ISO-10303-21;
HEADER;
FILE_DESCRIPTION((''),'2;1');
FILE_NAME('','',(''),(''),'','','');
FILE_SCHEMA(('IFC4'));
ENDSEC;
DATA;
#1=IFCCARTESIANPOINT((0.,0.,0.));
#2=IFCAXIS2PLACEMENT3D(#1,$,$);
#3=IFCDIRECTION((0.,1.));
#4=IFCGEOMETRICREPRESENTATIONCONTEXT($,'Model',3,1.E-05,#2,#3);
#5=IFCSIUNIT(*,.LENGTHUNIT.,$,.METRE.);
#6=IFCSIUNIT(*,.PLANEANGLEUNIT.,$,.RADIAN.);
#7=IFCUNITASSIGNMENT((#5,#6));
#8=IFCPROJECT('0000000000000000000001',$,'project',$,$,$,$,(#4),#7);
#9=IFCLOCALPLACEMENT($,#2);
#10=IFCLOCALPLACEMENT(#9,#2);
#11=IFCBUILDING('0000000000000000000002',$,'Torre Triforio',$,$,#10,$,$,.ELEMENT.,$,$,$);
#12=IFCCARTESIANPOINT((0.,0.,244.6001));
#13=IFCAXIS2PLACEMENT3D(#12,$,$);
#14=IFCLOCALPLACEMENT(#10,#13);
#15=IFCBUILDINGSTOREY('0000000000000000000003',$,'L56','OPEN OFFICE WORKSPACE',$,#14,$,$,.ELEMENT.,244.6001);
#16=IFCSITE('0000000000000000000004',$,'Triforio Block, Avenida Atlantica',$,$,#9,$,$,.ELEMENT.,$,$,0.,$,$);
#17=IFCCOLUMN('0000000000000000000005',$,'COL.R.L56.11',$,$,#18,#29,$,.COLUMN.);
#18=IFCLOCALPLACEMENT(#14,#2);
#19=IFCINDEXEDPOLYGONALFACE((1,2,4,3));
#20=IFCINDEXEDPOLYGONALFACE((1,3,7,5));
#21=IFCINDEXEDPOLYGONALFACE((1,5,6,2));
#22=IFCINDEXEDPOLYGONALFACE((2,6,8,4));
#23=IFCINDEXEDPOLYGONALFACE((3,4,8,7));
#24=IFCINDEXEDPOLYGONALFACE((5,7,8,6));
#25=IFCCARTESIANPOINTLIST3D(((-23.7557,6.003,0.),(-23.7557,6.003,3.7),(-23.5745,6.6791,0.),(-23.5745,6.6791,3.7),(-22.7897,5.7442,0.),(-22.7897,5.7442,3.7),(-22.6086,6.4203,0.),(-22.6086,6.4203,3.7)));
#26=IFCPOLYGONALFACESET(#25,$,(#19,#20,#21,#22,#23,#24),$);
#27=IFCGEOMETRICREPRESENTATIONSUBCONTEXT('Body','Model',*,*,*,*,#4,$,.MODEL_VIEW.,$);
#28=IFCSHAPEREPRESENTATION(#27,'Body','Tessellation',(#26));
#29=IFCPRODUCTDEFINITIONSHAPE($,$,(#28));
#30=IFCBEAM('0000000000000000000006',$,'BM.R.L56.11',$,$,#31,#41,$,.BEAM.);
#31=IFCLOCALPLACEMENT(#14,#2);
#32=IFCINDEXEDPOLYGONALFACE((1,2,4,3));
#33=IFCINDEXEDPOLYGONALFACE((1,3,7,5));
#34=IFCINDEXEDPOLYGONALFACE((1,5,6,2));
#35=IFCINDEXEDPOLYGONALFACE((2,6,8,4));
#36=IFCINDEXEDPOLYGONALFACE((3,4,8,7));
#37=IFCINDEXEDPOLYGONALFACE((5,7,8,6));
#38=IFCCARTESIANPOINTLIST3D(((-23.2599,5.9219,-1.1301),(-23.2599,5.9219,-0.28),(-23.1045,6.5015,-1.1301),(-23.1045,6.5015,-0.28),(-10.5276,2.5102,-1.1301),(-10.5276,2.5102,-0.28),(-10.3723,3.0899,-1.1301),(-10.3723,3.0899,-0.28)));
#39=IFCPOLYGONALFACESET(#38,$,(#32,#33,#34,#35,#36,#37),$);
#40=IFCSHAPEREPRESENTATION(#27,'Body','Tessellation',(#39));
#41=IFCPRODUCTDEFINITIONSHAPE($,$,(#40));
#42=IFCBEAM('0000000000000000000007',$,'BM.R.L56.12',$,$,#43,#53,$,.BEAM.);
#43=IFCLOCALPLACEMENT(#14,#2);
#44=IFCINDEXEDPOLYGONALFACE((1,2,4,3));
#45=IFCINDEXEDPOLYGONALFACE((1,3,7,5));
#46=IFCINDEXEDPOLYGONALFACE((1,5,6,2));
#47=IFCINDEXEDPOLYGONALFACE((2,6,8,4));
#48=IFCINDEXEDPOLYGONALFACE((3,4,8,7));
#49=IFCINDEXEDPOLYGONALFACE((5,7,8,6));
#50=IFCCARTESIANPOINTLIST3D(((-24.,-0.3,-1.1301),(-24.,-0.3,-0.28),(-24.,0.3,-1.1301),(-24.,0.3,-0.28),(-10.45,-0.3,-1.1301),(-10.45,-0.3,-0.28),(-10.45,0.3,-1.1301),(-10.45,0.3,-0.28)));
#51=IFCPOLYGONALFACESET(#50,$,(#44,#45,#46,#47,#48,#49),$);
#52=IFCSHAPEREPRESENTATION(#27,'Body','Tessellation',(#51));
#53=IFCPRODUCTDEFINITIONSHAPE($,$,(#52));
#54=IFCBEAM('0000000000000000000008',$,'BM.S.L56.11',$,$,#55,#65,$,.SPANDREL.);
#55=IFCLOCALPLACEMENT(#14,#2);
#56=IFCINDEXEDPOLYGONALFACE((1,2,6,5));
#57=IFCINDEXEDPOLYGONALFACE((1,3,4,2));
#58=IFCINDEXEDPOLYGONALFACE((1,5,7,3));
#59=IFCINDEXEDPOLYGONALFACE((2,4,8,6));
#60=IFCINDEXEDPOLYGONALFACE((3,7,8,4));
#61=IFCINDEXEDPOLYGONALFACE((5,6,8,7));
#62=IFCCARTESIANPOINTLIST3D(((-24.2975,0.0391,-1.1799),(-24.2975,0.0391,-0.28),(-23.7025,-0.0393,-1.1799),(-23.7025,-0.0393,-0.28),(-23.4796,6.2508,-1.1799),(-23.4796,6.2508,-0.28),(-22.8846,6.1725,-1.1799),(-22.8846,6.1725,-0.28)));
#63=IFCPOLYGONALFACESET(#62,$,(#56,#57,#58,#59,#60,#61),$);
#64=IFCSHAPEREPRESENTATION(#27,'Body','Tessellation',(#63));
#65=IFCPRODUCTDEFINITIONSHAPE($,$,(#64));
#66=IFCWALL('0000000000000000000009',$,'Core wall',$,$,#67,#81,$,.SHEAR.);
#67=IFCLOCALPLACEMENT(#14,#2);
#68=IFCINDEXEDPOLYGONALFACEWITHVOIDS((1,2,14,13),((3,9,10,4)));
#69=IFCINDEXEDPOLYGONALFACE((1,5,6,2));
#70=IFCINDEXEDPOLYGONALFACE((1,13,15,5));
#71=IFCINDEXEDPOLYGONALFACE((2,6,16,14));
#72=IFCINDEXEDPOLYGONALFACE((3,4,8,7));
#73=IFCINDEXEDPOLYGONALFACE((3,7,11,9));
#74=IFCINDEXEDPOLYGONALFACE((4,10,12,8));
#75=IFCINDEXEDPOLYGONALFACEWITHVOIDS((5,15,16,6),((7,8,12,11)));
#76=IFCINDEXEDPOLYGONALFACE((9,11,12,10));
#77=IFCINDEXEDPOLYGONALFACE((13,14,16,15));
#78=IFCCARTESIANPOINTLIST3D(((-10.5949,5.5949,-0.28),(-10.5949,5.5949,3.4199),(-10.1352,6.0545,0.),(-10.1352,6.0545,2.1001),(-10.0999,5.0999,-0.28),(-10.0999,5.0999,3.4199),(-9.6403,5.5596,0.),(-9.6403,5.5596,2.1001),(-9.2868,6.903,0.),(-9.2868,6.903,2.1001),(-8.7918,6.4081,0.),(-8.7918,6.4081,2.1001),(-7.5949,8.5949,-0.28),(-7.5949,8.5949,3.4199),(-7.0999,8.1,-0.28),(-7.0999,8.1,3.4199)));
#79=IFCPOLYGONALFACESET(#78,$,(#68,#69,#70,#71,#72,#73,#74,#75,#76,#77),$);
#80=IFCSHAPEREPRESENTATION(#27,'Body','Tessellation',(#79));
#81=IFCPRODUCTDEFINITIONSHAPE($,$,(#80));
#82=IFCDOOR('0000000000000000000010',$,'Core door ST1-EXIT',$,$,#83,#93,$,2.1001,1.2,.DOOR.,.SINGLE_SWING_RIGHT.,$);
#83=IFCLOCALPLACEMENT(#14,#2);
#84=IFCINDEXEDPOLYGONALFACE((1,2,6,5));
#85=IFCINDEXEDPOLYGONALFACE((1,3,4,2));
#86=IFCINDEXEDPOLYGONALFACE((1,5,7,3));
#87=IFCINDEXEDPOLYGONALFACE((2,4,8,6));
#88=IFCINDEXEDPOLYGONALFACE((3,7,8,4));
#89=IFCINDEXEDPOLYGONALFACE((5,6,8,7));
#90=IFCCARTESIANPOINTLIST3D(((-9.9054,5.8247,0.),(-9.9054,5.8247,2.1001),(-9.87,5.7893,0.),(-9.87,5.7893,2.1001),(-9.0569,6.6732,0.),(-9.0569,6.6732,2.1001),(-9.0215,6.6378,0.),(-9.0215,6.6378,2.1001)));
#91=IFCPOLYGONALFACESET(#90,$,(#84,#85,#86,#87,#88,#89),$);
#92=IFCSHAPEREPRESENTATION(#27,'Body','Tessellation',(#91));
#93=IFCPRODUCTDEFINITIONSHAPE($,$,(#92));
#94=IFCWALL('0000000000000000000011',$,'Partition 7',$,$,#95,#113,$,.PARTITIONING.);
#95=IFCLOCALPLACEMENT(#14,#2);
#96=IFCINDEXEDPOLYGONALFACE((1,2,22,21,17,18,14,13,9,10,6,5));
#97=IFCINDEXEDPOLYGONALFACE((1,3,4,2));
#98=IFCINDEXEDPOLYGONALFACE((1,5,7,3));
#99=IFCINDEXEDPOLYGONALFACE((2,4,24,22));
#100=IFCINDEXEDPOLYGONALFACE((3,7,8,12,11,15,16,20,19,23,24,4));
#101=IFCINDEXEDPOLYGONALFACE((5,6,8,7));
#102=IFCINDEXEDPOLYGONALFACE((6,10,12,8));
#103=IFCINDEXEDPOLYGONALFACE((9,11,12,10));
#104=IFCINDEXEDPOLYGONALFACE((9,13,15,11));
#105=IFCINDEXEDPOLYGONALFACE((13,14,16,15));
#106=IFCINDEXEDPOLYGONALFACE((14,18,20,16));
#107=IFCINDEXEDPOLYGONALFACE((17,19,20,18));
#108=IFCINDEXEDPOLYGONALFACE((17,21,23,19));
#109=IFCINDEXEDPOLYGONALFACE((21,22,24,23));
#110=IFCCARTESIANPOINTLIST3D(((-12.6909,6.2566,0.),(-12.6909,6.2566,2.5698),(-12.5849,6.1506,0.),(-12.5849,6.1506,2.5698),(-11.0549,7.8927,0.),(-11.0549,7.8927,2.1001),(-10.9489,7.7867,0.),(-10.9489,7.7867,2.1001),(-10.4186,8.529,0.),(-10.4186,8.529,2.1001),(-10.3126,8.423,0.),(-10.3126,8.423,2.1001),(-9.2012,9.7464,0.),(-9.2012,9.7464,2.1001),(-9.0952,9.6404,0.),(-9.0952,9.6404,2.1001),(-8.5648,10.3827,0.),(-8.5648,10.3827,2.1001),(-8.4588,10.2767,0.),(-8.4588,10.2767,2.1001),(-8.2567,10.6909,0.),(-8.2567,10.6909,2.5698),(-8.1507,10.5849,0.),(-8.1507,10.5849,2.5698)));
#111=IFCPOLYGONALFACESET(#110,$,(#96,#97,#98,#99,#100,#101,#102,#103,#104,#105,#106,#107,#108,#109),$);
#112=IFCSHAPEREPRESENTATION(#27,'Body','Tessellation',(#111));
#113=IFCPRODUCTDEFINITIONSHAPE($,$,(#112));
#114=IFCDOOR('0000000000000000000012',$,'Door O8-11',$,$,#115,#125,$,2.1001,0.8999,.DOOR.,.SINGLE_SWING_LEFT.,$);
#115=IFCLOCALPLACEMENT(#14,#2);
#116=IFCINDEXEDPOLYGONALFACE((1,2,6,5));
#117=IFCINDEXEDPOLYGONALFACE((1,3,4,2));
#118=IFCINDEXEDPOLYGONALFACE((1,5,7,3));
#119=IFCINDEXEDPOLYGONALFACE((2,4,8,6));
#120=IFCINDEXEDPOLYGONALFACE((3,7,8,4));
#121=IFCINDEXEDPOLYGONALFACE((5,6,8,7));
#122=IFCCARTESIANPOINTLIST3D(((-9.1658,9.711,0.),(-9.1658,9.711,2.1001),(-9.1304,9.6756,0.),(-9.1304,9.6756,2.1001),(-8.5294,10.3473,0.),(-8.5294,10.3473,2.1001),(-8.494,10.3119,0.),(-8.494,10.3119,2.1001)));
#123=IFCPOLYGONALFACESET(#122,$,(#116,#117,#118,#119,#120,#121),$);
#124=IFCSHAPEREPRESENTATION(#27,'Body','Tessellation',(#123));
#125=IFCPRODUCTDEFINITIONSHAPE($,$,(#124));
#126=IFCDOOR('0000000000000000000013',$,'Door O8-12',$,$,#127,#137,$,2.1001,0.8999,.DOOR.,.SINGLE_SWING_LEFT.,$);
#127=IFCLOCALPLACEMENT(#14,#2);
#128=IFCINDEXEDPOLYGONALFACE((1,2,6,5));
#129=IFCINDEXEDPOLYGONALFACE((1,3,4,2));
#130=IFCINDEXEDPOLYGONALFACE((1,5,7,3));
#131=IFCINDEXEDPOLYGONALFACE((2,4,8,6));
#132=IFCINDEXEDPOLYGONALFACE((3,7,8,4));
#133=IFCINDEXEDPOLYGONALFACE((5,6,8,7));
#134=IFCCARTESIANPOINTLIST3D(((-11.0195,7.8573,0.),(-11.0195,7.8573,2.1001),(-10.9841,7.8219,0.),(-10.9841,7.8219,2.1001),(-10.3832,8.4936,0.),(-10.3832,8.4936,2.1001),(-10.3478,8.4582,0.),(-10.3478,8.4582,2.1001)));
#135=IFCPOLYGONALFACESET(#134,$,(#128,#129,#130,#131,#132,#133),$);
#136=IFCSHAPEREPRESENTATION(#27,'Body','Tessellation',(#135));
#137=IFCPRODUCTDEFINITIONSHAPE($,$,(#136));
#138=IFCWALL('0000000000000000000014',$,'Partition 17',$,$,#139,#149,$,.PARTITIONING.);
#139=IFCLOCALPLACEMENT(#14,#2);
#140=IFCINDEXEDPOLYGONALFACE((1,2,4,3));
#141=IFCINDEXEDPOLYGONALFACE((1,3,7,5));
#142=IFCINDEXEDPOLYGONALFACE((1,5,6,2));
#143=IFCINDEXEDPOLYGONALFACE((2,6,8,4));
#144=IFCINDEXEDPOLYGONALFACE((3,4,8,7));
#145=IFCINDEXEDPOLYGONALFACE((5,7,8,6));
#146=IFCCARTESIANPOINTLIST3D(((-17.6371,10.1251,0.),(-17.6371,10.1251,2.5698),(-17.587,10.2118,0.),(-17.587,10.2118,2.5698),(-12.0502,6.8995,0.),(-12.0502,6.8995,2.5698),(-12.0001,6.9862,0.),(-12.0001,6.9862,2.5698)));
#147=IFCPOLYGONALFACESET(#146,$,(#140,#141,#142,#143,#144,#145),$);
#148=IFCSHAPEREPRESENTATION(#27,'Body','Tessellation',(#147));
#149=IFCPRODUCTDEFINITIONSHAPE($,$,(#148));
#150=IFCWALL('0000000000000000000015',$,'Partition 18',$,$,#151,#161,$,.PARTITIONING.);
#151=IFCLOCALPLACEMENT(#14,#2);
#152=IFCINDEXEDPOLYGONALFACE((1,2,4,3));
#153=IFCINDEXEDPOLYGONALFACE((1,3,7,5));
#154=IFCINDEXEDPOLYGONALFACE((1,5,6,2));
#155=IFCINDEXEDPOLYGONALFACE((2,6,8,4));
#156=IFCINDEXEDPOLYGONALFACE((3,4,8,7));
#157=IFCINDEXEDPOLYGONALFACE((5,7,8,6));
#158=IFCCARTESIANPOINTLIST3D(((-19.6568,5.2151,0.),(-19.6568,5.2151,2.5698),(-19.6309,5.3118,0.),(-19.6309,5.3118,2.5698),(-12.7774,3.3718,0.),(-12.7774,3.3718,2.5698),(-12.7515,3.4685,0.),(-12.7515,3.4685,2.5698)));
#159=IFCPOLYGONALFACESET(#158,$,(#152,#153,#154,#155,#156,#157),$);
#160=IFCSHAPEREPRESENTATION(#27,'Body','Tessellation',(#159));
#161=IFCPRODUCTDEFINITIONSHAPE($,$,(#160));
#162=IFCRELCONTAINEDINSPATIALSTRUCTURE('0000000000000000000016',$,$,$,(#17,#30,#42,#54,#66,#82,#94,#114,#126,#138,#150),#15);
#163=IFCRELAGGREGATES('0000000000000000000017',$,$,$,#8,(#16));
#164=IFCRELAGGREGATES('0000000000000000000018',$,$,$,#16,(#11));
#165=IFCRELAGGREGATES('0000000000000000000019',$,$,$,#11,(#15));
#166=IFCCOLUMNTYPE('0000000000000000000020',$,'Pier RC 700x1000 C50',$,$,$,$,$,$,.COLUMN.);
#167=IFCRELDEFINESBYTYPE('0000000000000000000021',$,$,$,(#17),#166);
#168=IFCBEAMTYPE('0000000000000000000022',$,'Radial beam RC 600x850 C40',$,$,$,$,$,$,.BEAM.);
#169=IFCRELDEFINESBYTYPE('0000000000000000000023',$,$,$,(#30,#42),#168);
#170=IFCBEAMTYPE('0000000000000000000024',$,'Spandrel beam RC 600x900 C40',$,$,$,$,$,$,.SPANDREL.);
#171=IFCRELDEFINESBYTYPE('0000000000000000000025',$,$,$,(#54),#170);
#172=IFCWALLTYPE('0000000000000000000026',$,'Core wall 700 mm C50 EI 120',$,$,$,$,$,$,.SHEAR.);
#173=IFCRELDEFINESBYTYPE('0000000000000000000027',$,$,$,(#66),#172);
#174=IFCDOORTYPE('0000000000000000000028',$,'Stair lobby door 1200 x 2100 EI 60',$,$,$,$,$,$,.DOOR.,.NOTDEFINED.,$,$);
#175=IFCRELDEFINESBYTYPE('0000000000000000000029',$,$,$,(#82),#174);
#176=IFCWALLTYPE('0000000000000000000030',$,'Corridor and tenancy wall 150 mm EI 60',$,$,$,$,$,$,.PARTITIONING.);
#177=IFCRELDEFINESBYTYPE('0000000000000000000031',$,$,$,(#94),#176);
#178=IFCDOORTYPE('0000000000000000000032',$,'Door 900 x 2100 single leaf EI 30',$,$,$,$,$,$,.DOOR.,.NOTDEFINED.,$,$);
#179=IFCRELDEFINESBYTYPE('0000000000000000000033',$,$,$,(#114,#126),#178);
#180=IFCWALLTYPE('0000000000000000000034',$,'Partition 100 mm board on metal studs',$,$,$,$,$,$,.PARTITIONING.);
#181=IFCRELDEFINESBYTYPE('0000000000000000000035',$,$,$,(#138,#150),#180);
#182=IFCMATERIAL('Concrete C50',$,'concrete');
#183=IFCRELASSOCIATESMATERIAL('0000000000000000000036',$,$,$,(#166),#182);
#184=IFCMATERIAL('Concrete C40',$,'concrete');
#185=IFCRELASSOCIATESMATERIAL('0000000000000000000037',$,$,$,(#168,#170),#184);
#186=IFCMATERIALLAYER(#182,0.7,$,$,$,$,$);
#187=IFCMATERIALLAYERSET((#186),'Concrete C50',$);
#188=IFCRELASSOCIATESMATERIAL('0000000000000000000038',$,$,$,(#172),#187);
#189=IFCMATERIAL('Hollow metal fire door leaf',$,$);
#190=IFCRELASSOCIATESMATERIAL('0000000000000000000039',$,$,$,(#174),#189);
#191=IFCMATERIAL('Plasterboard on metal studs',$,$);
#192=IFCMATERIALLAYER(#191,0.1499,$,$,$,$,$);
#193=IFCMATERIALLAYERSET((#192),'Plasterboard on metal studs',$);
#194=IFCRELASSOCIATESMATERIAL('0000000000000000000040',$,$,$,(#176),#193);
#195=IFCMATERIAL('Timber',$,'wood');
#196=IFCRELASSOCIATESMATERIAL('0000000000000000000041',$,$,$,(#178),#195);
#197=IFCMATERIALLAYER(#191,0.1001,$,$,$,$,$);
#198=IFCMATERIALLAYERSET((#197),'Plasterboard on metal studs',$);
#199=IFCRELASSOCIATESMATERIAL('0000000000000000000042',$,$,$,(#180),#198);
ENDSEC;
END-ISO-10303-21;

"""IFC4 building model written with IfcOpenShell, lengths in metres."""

from ifc_helpers import new_model, si_unit, direction, frame, frame_2d, origin, origin_2d, place, context, subcontext, project, spatial, rectangle, extrude, material, layer, layer_set, material_profile, profile_set, type_object, element, fill, save


model = new_model("IFC4")

# Units and contexts
model_context = context("Model", 3, precision=1e-05, world=origin(), true_north=direction((0.0, 1.0)))
body_context = subcontext(model_context, "Body", "Model", "MODEL_VIEW")
ifc_project = project(units=[si_unit("LENGTHUNIT", "METRE"), si_unit("PLANEANGLEUNIT", "RADIAN")], contexts=[model_context])

# Site, building, storey
site_placement = place(None, origin())
site = spatial("IfcSite", under=ifc_project, at=site_placement, Name="Triforio Block, Avenida Atlantica", CompositionType="ELEMENT", RefElevation=0.0)
building_placement = place(site_placement, origin())
building = spatial("IfcBuilding", under=site, at=building_placement, Name="Torre Triforio", CompositionType="ELEMENT")
storey_placement = place(building_placement, frame((0.0, 0.0, 244.6001)))
storey = spatial("IfcBuildingStorey", under=building, at=storey_placement, Name="L56", Description="OPEN OFFICE WORKSPACE", CompositionType="ELEMENT", Elevation=244.6001)

# Column
ifc_material_1 = material(Name="Concrete C50", Category="concrete")
ifc_material_profile_1 = material_profile(ifc_material_1, rectangle(XDim=0.7, YDim=1.0, at=origin_2d()), Name="RC 700x1000")
ifc_profile_set_1 = profile_set([ifc_material_profile_1], Name="Concrete C50")
column_type = type_object("IfcColumnType", Name="Pier RC 700x1000 C50", PredefinedType="COLUMN", material=ifc_profile_set_1)
column_placement = place(storey_placement, frame((-23.1821, 6.2117, 0.0), z_axis=(0.0, 0.0, 1.0), x_axis=(-0.258819, -0.965926, 0.0)))
element("IfcColumn", 1, at=column_placement, inside=storey, type_object=column_type, Name="COL.R.L56.11", PredefinedType="COLUMN", context=body_context, shape_type="SweptSolid", body=[
    extrude(rectangle(XDim=0.7, YDim=1.0, at=origin_2d()), origin(), (0.0, 0.0, 1.0), 3.7),
])

# Beams
ifc_material_2 = material(Name="Concrete C40", Category="concrete")
ifc_material_profile_2 = material_profile(ifc_material_2, rectangle(XDim=0.6001, YDim=0.8501, at=origin_2d()), Name="RC 600x850")
ifc_profile_set_2 = profile_set([ifc_material_profile_2], Name="Concrete C40")
beam_type_1 = type_object("IfcBeamType", Name="Radial beam RC 600x850 C40", PredefinedType="BEAM", material=ifc_profile_set_2)
beam_1_placement = place(storey_placement, frame((-10.45, 2.8, -0.7051), z_axis=(-0.965925, 0.258822, 0.0), x_axis=(-0.258822, -0.965925, 0.0)))
element("IfcBeam", 2, at=beam_1_placement, inside=storey, type_object=beam_type_1, Name="BM.R.L56.11", PredefinedType="BEAM", context=body_context, shape_type="SweptSolid", body=[
    extrude(rectangle(XDim=0.6001, YDim=0.8501, at=origin_2d()), origin(), (0.0, 0.0, 1.0), 13.1814),
])
beam_2_placement = place(storey_placement, frame((-10.45, 0.0, -0.7051), z_axis=(-1.0, 0.0, 0.0), x_axis=(0.0, -1.0, 0.0)))
element("IfcBeam", 3, at=beam_2_placement, inside=storey, type_object=beam_type_1, Name="BM.R.L56.12", PredefinedType="BEAM", context=body_context, shape_type="SweptSolid", body=[
    extrude(rectangle(XDim=0.6001, YDim=0.8501, at=origin_2d()), origin(), (0.0, 0.0, 1.0), 13.55),
])
ifc_material_profile_3 = material_profile(ifc_material_2, rectangle(XDim=0.6001, YDim=0.8999, at=origin_2d()), Name="RC 600x900")
ifc_profile_set_3 = profile_set([ifc_material_profile_3], Name="Concrete C40")
beam_type_2 = type_object("IfcBeamType", Name="Spandrel beam RC 600x900 C40", PredefinedType="SPANDREL", material=ifc_profile_set_3)
beam_3_placement = place(storey_placement, frame((-23.1821, 6.2117, -0.73), z_axis=(-0.13054, -0.991443, 0.0), x_axis=(0.991443, -0.13054, 0.0)))
element("IfcBeam", 4, at=beam_3_placement, inside=storey, type_object=beam_type_2, Name="BM.S.L56.11", PredefinedType="SPANDREL", context=body_context, shape_type="SweptSolid", body=[
    extrude(rectangle(XDim=0.6001, YDim=0.8999, at=origin_2d()), origin(), (0.0, 0.0, 1.0), 6.2654),
])

# Wall, opening, door
ifc_layer_1 = layer(ifc_material_1, 0.7)
ifc_layer_set_1 = layer_set([ifc_layer_1], Name="Concrete C50")
wall_type_1 = type_object("IfcWallType", Name="Core wall 700 mm C50 EI 120", PredefinedType="SHEAR", material=ifc_layer_set_1)
wall_1_placement = place(storey_placement, frame((-10.3474, 5.3474, -0.28), z_axis=(0.0, 0.0, 1.0), x_axis=(0.707107, 0.707107, 0.0)))
wall_1 = element("IfcWall", 5, at=wall_1_placement, inside=storey, type_object=wall_type_1, Name="Core wall", PredefinedType="SHEAR", context=body_context, shape_type="SweptSolid", body=[
    extrude(rectangle(XDim=4.2427, YDim=0.7, at=frame_2d((2.1213, 0.0))), origin(), (0.0, 0.0, 1.0), 3.7),
])
opening_1_placement = place(wall_1_placement, frame((0.6499, 0.0, 0.28)))
opening_1 = element("IfcOpeningElement", 6, at=opening_1_placement, cuts=wall_1, PredefinedType="OPENING", context=body_context, shape_type="SweptSolid", body=[
    extrude(rectangle(XDim=1.2, YDim=2.1001, at=frame_2d((0.6001, 1.05))), frame((0.0, 0.3599, 0.0), z_axis=(0.0, -1.0, 0.0), x_axis=(1.0, 0.0, 0.0)), (0.0, 0.0, 1.0), 0.72),
])
ifc_material_3 = material(Name="Hollow metal fire door leaf")
door_type_1 = type_object("IfcDoorType", Name="Stair lobby door 1200 x 2100 EI 60", OperationType="NOTDEFINED", PredefinedType="DOOR", material=ifc_material_3)
door_1_placement = place(opening_1_placement, origin())
door_1 = element("IfcDoor", 7, at=door_1_placement, inside=storey, type_object=door_type_1, Name="Core door ST1-EXIT", OperationType="SINGLE_SWING_RIGHT", OverallHeight=2.1001, OverallWidth=1.2, PredefinedType="DOOR", context=body_context, shape_type="SweptSolid", body=[
    extrude(rectangle(XDim=1.2, YDim=2.1001, at=frame_2d((0.6001, 1.05))), frame((0.0, 0.0249, 0.0), z_axis=(0.0, -1.0, 0.0), x_axis=(1.0, 0.0, 0.0)), (0.0, 0.0, 1.0), 0.05),
])
fill(opening_1, door_1)

# Wall, openings, doors
ifc_material_4 = material(Name="Plasterboard on metal studs")
ifc_layer_2 = layer(ifc_material_4, 0.1499)
ifc_layer_set_2 = layer_set([ifc_layer_2], Name="Plasterboard on metal studs")
wall_type_2 = type_object("IfcWallType", Name="Corridor and tenancy wall 150 mm EI 60", PredefinedType="PARTITIONING", material=ifc_layer_set_2)
wall_2_placement = place(storey_placement, frame((-12.6379, 6.2036, 0.0), z_axis=(0.0, 0.0, 1.0), x_axis=(0.707107, 0.707107, 0.0)))
wall_2 = element("IfcWall", 8, at=wall_2_placement, inside=storey, type_object=wall_type_2, Name="Partition 7", PredefinedType="PARTITIONING", context=body_context, shape_type="SweptSolid", body=[
    extrude(rectangle(XDim=6.271, YDim=0.1499, at=frame_2d((3.1355, 0.0))), origin(), (0.0, 0.0, 1.0), 2.5698),
])
opening_2_placement = place(wall_2_placement, frame((4.9353, 0.0, 0.0)))
opening_2 = element("IfcOpeningElement", 9, at=opening_2_placement, cuts=wall_2, PredefinedType="OPENING", context=body_context, shape_type="SweptSolid", body=[
    extrude(rectangle(XDim=0.8999, YDim=2.1001, at=frame_2d((0.45, 1.05))), frame((0.0, 0.085, 0.0), z_axis=(0.0, -1.0, 0.0), x_axis=(1.0, 0.0, 0.0)), (0.0, 0.0, 1.0), 0.1699),
])
opening_3_placement = place(wall_2_placement, frame((2.3137, 0.0, 0.0)))
opening_3 = element("IfcOpeningElement", 10, at=opening_3_placement, cuts=wall_2, PredefinedType="OPENING", context=body_context, shape_type="SweptSolid", body=[
    extrude(rectangle(XDim=0.8999, YDim=2.1001, at=frame_2d((0.45, 1.05))), frame((0.0, 0.085, 0.0), z_axis=(0.0, -1.0, 0.0), x_axis=(1.0, 0.0, 0.0)), (0.0, 0.0, 1.0), 0.1699),
])
ifc_material_5 = material(Name="Timber", Category="wood")
door_type_2 = type_object("IfcDoorType", Name="Door 900 x 2100 single leaf EI 30", OperationType="NOTDEFINED", PredefinedType="DOOR", material=ifc_material_5)
door_2_placement = place(opening_2_placement, origin())
door_2 = element("IfcDoor", 11, at=door_2_placement, inside=storey, type_object=door_type_2, Name="Door O8-11", OperationType="SINGLE_SWING_LEFT", OverallHeight=2.1001, OverallWidth=0.8999, PredefinedType="DOOR", context=body_context, shape_type="SweptSolid", body=[
    extrude(rectangle(XDim=0.8999, YDim=2.1001, at=frame_2d((0.45, 1.05))), frame((0.0, 0.0249, 0.0), z_axis=(0.0, -1.0, 0.0), x_axis=(1.0, 0.0, 0.0)), (0.0, 0.0, 1.0), 0.05),
])
fill(opening_2, door_2)
door_3_placement = place(opening_3_placement, origin())
door_3 = element("IfcDoor", 12, at=door_3_placement, inside=storey, type_object=door_type_2, Name="Door O8-12", OperationType="SINGLE_SWING_LEFT", OverallHeight=2.1001, OverallWidth=0.8999, PredefinedType="DOOR", context=body_context, shape_type="SweptSolid", body=[
    extrude(rectangle(XDim=0.8999, YDim=2.1001, at=frame_2d((0.45, 1.05))), frame((0.0, 0.0249, 0.0), z_axis=(0.0, -1.0, 0.0), x_axis=(1.0, 0.0, 0.0)), (0.0, 0.0, 1.0), 0.05),
])
fill(opening_3, door_3)

# Walls
ifc_layer_3 = layer(ifc_material_4, 0.1001)
ifc_layer_set_3 = layer_set([ifc_layer_3], Name="Plasterboard on metal studs")
wall_type_3 = type_object("IfcWallType", Name="Partition 100 mm board on metal studs", PredefinedType="PARTITIONING", material=ifc_layer_set_3)
wall_3_placement = place(storey_placement, frame((-12.0251, 6.9429, 0.0), z_axis=(0.0, 0.0, 1.0), x_axis=(-0.866027, 0.499998, 0.0)))
element("IfcWall", 13, at=wall_3_placement, inside=storey, type_object=wall_type_3, Name="Partition 17", PredefinedType="PARTITIONING", context=body_context, shape_type="SweptSolid", body=[
    extrude(rectangle(XDim=6.4512, YDim=0.1001, at=frame_2d((3.2256, 0.0))), origin(), (0.0, 0.0, 1.0), 2.5698),
])
wall_4_placement = place(storey_placement, frame((-12.7644, 3.4202, 0.0), z_axis=(0.0, 0.0, 1.0), x_axis=(-0.965928, 0.25881, 0.0)))
element("IfcWall", 14, at=wall_4_placement, inside=storey, type_object=wall_type_3, Name="Partition 18", PredefinedType="PARTITIONING", context=body_context, shape_type="SweptSolid", body=[
    extrude(rectangle(XDim=7.1221, YDim=0.1001, at=frame_2d((3.561, 0.0))), origin(), (0.0, 0.0, 1.0), 2.5698),
])

save(model, "model.ifc")
